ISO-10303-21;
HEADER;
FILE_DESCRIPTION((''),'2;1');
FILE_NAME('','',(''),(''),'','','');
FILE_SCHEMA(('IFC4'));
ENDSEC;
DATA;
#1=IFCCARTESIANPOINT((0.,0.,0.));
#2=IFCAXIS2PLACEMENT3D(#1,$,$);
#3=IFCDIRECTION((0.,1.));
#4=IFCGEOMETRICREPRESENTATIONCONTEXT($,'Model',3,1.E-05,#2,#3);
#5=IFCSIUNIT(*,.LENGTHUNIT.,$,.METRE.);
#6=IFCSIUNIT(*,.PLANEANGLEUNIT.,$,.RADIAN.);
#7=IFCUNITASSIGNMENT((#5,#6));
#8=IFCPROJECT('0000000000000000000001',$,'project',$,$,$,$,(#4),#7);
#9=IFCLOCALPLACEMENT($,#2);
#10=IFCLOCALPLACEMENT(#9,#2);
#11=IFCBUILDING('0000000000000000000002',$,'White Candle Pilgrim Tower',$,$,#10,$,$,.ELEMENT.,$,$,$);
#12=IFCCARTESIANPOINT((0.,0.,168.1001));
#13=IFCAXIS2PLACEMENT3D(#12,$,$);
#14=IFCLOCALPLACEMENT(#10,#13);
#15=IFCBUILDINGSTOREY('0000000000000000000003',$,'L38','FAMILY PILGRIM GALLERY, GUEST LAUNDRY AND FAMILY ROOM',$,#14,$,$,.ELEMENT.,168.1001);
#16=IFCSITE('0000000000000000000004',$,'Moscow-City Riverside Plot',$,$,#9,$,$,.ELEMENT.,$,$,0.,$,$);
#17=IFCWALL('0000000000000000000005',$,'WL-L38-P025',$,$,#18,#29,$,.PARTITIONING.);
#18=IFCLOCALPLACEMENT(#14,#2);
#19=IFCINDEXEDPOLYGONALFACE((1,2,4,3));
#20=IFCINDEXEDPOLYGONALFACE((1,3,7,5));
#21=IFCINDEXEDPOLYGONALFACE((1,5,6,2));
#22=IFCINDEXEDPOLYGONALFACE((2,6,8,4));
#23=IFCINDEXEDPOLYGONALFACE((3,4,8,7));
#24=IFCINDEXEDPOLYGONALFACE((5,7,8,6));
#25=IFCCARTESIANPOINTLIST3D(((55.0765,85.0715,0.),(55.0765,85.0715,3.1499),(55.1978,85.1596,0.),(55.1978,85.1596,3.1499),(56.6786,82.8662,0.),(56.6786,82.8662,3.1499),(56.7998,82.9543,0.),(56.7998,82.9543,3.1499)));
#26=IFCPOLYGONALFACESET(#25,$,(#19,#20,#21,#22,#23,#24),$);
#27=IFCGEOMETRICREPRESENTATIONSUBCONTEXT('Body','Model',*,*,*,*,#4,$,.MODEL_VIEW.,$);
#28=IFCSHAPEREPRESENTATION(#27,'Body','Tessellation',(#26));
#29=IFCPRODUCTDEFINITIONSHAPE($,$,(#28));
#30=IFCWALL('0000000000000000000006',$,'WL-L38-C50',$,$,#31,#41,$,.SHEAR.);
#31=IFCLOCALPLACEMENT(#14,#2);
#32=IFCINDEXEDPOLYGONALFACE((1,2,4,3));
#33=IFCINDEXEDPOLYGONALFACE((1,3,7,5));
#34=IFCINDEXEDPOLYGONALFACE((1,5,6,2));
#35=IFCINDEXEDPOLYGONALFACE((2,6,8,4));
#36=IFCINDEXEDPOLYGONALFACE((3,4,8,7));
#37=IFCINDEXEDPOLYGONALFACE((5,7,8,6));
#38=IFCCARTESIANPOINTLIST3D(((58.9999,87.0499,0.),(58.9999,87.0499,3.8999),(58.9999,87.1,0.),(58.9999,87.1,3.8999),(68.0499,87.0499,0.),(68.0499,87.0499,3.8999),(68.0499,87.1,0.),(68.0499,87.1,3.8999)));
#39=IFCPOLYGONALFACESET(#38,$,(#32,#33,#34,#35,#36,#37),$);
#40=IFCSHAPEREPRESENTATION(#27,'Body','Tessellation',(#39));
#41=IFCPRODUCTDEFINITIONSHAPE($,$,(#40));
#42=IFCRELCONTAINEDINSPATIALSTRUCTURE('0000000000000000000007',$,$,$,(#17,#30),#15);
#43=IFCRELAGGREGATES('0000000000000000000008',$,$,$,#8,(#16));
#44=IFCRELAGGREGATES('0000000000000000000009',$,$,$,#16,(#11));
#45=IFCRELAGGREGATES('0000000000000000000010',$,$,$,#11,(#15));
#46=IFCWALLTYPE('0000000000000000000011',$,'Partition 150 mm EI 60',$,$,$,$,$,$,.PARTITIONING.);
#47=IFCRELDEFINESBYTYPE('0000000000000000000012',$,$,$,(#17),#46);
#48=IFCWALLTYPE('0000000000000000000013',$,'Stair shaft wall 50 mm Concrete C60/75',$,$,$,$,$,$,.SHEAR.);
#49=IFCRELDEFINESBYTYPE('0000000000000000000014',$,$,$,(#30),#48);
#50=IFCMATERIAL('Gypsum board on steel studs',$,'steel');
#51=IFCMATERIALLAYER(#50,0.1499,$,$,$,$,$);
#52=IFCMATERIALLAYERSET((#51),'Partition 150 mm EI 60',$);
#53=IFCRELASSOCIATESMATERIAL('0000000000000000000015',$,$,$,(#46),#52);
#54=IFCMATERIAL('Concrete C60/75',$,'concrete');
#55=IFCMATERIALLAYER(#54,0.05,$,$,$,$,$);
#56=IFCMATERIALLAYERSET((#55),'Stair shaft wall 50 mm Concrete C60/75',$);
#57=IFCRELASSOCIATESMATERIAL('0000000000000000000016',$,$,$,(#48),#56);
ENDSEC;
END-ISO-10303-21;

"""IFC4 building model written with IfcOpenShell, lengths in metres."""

from ifc_helpers import new_model, si_unit, direction, frame, frame_2d, origin, place, context, subcontext, project, spatial, rectangle, extrude, material, layer, layer_set, type_object, element, save


model = new_model("IFC4")

# Units and contexts
model_context = context("Model", 3, precision=1e-05, world=origin(), true_north=direction((0.0, 1.0)))
body_context = subcontext(model_context, "Body", "Model", "MODEL_VIEW")
ifc_project = project(units=[si_unit("LENGTHUNIT", "METRE"), si_unit("PLANEANGLEUNIT", "RADIAN")], contexts=[model_context])

# Site, building, storey
site_placement = place(None, origin())
site = spatial("IfcSite", under=ifc_project, at=site_placement, Name="Moscow-City Riverside Plot", CompositionType="ELEMENT", RefElevation=0.0)
building_placement = place(site_placement, origin())
building = spatial("IfcBuilding", under=site, at=building_placement, Name="White Candle Pilgrim Tower", CompositionType="ELEMENT")
storey_placement = place(building_placement, frame((0.0, 0.0, 168.1001)))
storey = spatial("IfcBuildingStorey", under=building, at=storey_placement, Name="L38", Description="FAMILY PILGRIM GALLERY, GUEST LAUNDRY AND FAMILY ROOM", CompositionType="ELEMENT", Elevation=168.1001)

# Shared definitions
ifc_material_1 = material(Name="Concrete C60/75", Category="concrete")

# Walls
ifc_material_2 = material(Name="Gypsum board on steel studs", Category="steel")
ifc_layer_1 = layer(ifc_material_2, 0.1499)
ifc_layer_set_1 = layer_set([ifc_layer_1], Name="Partition 150 mm EI 60")
wall_type_1 = type_object("IfcWallType", Name="Partition 150 mm EI 60", PredefinedType="PARTITIONING", material=ifc_layer_set_1)
wall_1_placement = place(storey_placement, frame((55.1372, 85.1155, 0.0), z_axis=(0.0, 0.0, 1.0), x_axis=(0.587735, -0.809054, 0.0)))
element("IfcWall", 1, at=wall_1_placement, inside=storey, type_object=wall_type_1, Name="WL-L38-P025", PredefinedType="PARTITIONING", context=body_context, shape_type="SweptSolid", body=[
    extrude(rectangle(XDim=2.7258, YDim=0.1499, at=frame_2d((1.3628, 0.0))), origin(), (0.0, 0.0, 1.0), 3.1499),
])
ifc_layer_2 = layer(ifc_material_1, 0.05)
ifc_layer_set_2 = layer_set([ifc_layer_2], Name="Stair shaft wall 50 mm Concrete C60/75")
wall_type_2 = type_object("IfcWallType", Name="Stair shaft wall 50 mm Concrete C60/75", PredefinedType="SHEAR", material=ifc_layer_set_2)
wall_2_placement = place(storey_placement, frame((59.0, 87.075, 0.0), z_axis=(0.0, 0.0, 1.0), x_axis=(1.0, 0.0, 0.0)))
element("IfcWall", 2, at=wall_2_placement, inside=storey, type_object=wall_type_2, Name="WL-L38-C50", PredefinedType="SHEAR", context=body_context, shape_type="SweptSolid", body=[
    extrude(rectangle(XDim=9.05, YDim=0.05, at=frame_2d((4.5249, 0.0))), origin(), (0.0, 0.0, 1.0), 3.8999),
])

save(model, "model.ifc")
